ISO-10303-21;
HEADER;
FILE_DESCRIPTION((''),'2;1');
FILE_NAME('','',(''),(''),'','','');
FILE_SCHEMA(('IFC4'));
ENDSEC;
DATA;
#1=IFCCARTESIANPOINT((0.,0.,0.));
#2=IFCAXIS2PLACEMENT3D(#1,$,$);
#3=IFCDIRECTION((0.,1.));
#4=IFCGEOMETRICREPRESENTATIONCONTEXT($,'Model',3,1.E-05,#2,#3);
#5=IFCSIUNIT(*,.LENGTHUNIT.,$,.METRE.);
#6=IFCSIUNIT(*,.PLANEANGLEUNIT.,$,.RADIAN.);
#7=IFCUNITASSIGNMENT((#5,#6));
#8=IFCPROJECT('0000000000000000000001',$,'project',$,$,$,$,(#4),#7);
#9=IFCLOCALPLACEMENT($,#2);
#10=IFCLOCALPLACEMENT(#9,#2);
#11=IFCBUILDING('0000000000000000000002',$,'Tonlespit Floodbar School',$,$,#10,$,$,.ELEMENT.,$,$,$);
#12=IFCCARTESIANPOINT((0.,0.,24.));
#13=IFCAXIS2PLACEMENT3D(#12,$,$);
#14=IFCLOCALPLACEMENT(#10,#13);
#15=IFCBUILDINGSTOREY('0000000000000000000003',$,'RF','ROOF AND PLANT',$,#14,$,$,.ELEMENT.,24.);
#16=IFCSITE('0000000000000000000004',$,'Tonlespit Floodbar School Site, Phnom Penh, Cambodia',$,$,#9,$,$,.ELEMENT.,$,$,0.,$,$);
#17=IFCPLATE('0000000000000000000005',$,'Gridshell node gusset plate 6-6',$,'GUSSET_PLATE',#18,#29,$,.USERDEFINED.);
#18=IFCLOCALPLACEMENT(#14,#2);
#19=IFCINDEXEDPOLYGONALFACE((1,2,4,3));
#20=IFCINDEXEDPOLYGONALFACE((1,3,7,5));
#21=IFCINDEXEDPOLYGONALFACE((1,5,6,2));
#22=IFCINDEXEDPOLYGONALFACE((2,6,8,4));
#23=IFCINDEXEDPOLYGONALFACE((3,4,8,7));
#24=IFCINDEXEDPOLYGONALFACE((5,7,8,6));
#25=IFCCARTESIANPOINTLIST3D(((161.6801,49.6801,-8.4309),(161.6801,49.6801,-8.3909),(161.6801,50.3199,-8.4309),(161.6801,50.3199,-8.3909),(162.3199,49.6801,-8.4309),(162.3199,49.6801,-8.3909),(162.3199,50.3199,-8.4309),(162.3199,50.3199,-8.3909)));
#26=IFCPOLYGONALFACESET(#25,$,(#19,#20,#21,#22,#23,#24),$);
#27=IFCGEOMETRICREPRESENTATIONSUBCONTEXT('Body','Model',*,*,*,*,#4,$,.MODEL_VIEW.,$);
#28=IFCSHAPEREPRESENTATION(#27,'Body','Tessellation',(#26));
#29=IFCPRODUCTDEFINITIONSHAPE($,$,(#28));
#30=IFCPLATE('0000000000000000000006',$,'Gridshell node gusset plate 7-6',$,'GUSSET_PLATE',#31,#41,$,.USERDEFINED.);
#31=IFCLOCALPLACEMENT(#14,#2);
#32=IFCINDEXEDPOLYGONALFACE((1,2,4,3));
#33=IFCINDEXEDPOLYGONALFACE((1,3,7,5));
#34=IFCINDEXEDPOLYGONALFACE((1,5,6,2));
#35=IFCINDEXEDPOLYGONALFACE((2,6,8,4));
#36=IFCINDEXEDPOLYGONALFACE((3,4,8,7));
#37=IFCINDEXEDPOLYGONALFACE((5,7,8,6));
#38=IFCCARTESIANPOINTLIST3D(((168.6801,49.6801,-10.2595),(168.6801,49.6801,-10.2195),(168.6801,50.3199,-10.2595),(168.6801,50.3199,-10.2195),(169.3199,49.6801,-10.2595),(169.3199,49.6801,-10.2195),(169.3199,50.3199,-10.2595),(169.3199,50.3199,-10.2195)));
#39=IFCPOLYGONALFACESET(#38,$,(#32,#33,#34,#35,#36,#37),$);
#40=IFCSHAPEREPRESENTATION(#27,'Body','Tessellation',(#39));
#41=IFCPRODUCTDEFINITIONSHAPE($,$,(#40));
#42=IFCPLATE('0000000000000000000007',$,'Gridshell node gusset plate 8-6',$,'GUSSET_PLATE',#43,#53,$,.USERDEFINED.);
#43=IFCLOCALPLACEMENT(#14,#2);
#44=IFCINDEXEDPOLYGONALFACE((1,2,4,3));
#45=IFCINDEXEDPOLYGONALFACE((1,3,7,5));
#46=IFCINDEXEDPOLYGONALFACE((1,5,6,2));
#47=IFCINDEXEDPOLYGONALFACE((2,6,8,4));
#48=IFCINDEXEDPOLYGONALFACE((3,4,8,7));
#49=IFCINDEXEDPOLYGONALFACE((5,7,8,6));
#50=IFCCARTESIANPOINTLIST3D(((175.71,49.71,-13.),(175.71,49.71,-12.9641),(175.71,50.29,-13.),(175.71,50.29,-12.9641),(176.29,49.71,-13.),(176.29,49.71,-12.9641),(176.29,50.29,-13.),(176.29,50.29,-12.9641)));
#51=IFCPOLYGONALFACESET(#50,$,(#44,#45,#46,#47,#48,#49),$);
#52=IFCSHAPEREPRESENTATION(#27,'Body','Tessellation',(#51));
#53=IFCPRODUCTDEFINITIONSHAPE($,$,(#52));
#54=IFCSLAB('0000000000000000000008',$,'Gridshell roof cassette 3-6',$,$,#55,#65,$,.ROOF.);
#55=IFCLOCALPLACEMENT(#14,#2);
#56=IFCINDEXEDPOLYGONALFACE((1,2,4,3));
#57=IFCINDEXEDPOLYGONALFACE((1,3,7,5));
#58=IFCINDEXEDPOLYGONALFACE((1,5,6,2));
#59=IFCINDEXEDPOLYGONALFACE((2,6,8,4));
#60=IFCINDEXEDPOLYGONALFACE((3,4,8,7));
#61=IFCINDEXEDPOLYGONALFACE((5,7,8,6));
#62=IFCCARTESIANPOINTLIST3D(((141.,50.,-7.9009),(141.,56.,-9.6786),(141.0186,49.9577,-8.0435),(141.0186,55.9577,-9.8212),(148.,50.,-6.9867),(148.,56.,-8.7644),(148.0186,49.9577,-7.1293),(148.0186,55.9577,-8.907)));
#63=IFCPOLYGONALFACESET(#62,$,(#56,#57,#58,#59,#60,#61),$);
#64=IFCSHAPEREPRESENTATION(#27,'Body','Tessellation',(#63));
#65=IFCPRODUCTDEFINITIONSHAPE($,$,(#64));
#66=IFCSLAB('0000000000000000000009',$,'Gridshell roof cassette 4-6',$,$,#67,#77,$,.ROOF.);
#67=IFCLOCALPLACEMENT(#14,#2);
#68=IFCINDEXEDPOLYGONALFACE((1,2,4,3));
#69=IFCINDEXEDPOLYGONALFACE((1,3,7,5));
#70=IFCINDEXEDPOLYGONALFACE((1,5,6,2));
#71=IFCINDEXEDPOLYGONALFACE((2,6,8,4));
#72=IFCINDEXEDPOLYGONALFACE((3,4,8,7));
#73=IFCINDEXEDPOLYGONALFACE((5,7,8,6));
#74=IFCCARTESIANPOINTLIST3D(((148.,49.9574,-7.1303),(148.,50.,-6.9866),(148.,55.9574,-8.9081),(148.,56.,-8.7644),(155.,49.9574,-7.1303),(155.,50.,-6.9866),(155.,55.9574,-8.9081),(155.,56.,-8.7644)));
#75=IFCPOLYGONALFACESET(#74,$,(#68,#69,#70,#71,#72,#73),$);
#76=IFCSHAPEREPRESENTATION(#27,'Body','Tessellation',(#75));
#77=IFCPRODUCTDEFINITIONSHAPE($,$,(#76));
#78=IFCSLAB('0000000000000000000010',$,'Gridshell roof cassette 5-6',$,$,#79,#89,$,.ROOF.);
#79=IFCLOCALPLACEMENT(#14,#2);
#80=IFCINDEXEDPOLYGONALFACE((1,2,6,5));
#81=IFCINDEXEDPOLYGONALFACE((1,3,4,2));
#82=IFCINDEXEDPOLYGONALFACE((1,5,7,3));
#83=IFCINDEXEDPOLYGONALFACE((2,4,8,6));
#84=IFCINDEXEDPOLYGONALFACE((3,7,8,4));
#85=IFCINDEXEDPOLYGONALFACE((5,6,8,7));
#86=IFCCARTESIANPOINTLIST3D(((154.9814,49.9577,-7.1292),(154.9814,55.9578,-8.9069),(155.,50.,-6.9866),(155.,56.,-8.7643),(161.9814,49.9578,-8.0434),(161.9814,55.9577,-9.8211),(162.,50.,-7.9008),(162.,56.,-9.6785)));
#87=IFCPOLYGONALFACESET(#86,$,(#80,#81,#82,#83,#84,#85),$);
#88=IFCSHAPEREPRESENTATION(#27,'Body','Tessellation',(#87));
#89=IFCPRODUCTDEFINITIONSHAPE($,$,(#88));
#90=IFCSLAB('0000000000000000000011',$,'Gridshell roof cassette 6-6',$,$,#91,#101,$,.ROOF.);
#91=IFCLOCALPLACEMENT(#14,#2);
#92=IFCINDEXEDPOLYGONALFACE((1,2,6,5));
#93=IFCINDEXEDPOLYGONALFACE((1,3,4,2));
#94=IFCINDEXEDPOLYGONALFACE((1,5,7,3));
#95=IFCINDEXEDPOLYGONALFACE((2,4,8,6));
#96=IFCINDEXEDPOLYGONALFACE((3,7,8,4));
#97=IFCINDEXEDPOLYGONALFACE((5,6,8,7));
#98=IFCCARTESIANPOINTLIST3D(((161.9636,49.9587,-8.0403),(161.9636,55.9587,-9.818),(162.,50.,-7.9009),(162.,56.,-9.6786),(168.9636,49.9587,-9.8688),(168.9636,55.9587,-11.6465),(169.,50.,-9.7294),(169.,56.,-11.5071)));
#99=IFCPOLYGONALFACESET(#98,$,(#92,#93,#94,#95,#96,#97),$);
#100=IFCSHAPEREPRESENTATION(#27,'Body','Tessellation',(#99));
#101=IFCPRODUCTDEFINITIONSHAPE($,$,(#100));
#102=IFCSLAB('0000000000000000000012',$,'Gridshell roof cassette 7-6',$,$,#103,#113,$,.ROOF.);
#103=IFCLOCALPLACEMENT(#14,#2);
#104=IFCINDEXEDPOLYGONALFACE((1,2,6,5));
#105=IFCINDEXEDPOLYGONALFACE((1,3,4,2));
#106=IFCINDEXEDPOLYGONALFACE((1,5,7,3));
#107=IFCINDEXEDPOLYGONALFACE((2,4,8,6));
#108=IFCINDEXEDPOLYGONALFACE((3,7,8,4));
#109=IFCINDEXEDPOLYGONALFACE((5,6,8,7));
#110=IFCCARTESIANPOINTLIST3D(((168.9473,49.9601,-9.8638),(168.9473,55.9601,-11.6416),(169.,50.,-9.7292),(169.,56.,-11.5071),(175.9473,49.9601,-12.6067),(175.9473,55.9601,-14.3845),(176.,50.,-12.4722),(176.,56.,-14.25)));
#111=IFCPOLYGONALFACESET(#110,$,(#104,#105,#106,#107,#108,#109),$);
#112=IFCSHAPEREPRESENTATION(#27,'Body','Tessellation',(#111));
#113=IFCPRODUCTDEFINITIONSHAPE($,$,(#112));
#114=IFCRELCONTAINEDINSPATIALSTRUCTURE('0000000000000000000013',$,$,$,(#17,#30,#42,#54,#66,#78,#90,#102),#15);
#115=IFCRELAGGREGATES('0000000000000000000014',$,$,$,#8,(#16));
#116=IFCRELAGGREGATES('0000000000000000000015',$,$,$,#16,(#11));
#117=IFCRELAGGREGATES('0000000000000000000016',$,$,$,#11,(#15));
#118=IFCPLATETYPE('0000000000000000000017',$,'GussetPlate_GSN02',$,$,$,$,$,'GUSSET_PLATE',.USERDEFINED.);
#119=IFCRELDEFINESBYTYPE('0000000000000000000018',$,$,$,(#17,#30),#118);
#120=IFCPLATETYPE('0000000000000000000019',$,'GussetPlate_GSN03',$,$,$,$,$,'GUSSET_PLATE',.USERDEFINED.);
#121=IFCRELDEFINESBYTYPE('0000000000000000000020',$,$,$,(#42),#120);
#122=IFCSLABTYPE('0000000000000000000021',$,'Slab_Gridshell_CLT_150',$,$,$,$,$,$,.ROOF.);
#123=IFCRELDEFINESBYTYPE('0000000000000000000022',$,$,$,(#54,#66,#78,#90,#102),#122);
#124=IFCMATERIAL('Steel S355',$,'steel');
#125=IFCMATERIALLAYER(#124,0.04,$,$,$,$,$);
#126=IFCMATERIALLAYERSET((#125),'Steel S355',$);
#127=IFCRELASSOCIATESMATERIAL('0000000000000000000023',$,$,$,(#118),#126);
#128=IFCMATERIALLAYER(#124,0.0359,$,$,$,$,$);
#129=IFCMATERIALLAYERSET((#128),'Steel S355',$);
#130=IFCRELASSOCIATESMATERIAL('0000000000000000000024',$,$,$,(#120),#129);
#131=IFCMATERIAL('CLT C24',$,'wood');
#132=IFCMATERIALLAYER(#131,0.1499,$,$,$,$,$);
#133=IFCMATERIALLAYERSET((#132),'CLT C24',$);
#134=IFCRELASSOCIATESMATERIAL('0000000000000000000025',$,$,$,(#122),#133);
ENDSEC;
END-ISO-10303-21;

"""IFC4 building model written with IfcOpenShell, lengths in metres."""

from ifc_helpers import new_model, si_unit, direction, frame, origin, origin_2d, place, context, subcontext, project, spatial, polyline, rectangle, outline, extrude, material, layer, layer_set, type_object, element, save


model = new_model("IFC4")

# Units and contexts
model_context = context("Model", 3, precision=1e-05, world=origin(), true_north=direction((0.0, 1.0)))
body_context = subcontext(model_context, "Body", "Model", "MODEL_VIEW")
ifc_project = project(units=[si_unit("LENGTHUNIT", "METRE"), si_unit("PLANEANGLEUNIT", "RADIAN")], contexts=[model_context])

# Site, building, storey
site_placement = place(None, origin())
site = spatial("IfcSite", under=ifc_project, at=site_placement, Name="Tonlespit Floodbar School Site, Phnom Penh, Cambodia", CompositionType="ELEMENT", RefElevation=0.0)
building_placement = place(site_placement, origin())
building = spatial("IfcBuilding", under=site, at=building_placement, Name="Tonlespit Floodbar School", CompositionType="ELEMENT")
storey_placement = place(building_placement, frame((0.0, 0.0, 24.0)))
storey = spatial("IfcBuildingStorey", under=building, at=storey_placement, Name="RF", Description="ROOF AND PLANT", CompositionType="ELEMENT", Elevation=24.0)

# Shared definitions
ifc_material_1 = material(Name="Steel S355", Category="steel")

# Plates
ifc_layer_1 = layer(ifc_material_1, 0.04)
ifc_layer_set_1 = layer_set([ifc_layer_1], Name="Steel S355")
plate_type_1 = type_object("IfcPlateType", Name="GussetPlate_GSN02", ElementType="GUSSET_PLATE", PredefinedType="USERDEFINED", material=ifc_layer_set_1)
for number, where, z_axis, x_axis, name in (
    (1, (162.0, 50.0, -8.4309), (0.0, 0.0, 1.0), (1.0, 0.0, 0.0), "Gridshell node gusset plate 6-6"),
    (2, (169.0, 50.0, -10.2595), (0.0, 0.0, 1.0), (1.0, 0.0, 0.0), "Gridshell node gusset plate 7-6"),
):
    element("IfcPlate", number, at=place(storey_placement, frame(where, z_axis=z_axis, x_axis=x_axis)), inside=storey, type_object=plate_type_1, Name=name, ObjectType="GUSSET_PLATE", PredefinedType="USERDEFINED", context=body_context, shape_type="SweptSolid", body=[
        extrude(rectangle(XDim=0.6399, YDim=0.6399, at=origin_2d()), origin(), (0.0, 0.0, 1.0), 0.04),
    ])
ifc_layer_2 = layer(ifc_material_1, 0.0359)
ifc_layer_set_2 = layer_set([ifc_layer_2], Name="Steel S355")
plate_type_2 = type_object("IfcPlateType", Name="GussetPlate_GSN03", ElementType="GUSSET_PLATE", PredefinedType="USERDEFINED", material=ifc_layer_set_2)
plate_placement = place(storey_placement, frame((176.0, 50.0, -13.0), z_axis=(0.0, 0.0, 1.0), x_axis=(1.0, 0.0, 0.0)))
element("IfcPlate", 3, at=plate_placement, inside=storey, type_object=plate_type_2, Name="Gridshell node gusset plate 8-6", ObjectType="GUSSET_PLATE", PredefinedType="USERDEFINED", context=body_context, shape_type="SweptSolid", body=[
    extrude(rectangle(XDim=0.5801, YDim=0.5801, at=origin_2d()), origin(), (0.0, 0.0, 1.0), 0.0359),
])

# Slabs
ifc_material_2 = material(Name="CLT C24", Category="wood")
ifc_layer_3 = layer(ifc_material_2, 0.1499)
ifc_layer_set_3 = layer_set([ifc_layer_3], Name="CLT C24")
slab_type = type_object("IfcSlabType", Name="Slab_Gridshell_CLT_150", PredefinedType="ROOF", material=ifc_layer_set_3)
slab_1_placement = place(storey_placement, frame((141.0, 50.0, -7.9009), z_axis=(-0.124247, 0.281877, 0.951372), x_axis=(0.991579, -0.000005, 0.129499)))
element("IfcSlab", 4, at=slab_1_placement, inside=storey, type_object=slab_type, Name="Gridshell roof cassette 3-6", PredefinedType="ROOF", context=body_context, shape_type="SweptSolid", body=[
    extrude(outline(polyline([(0.0, 0.0), (7.0595, 0.0), (6.8292, 6.2536), (-0.2302, 6.2535), (0.0, 0.0)])), origin(), (0.0, 0.0, -1.0), 0.1499),
])
slab_2_placement = place(storey_placement, frame((148.0, 50.0, -6.9866), z_axis=(0.0, 0.284096, 0.958796), x_axis=(1.0, 0.0, 0.0)))
element("IfcSlab", 5, at=slab_2_placement, inside=storey, type_object=slab_type, Name="Gridshell roof cassette 4-6", PredefinedType="ROOF", context=body_context, shape_type="SweptSolid", body=[
    extrude(outline(polyline([(0.0, 0.0), (7.0, 0.0), (7.0, 6.2579), (0.0, 6.2579), (0.0, 0.0)])), origin(), (0.0, 0.0, -1.0), 0.1499),
])
slab_3_placement = place(storey_placement, frame((155.0, 50.0, -6.9866), z_axis=(0.124247, 0.281877, 0.951372), x_axis=(0.991579, 0.000005, -0.129499)))
element("IfcSlab", 6, at=slab_3_placement, inside=storey, type_object=slab_type, Name="Gridshell roof cassette 5-6", PredefinedType="ROOF", context=body_context, shape_type="SweptSolid", body=[
    extrude(outline(polyline([(0.0, 0.0), (7.0595, 0.0), (7.2897, 6.2535), (0.2303, 6.2536), (0.0, 0.0)])), origin(), (0.0, 0.0, -1.0), 0.1499),
])
slab_4_placement = place(storey_placement, frame((162.0, 50.0, -7.9009), z_axis=(0.242948, 0.275567, 0.930075), x_axis=(0.967536, -0.000004, -0.252732)))
element("IfcSlab", 7, at=slab_4_placement, inside=storey, type_object=slab_type, Name="Gridshell roof cassette 6-6", PredefinedType="ROOF", context=body_context, shape_type="SweptSolid", body=[
    extrude(outline(polyline([(0.0, 0.0), (7.2348, 0.0), (7.6841, 6.2417), (0.4492, 6.2416), (0.0, 0.0)])), origin(), (0.0, 0.0, -1.0), 0.1499),
])
slab_5_placement = place(storey_placement, frame((169.0, 50.0, -9.7292), z_axis=(0.351698, 0.265946, 0.897542), x_axis=(0.931072, 0.0, -0.364836)))
element("IfcSlab", 8, at=slab_5_placement, inside=storey, type_object=slab_type, Name="Gridshell roof cassette 7-6", PredefinedType="ROOF", context=body_context, shape_type="SweptSolid", body=[
    extrude(outline(polyline([(0.0, 0.0), (7.5182, 0.0), (8.1668, 6.2241), (0.6486, 6.2241), (0.0, 0.0)])), origin(), (0.0, 0.0, -1.0), 0.1499),
])

save(model, "model.ifc")
